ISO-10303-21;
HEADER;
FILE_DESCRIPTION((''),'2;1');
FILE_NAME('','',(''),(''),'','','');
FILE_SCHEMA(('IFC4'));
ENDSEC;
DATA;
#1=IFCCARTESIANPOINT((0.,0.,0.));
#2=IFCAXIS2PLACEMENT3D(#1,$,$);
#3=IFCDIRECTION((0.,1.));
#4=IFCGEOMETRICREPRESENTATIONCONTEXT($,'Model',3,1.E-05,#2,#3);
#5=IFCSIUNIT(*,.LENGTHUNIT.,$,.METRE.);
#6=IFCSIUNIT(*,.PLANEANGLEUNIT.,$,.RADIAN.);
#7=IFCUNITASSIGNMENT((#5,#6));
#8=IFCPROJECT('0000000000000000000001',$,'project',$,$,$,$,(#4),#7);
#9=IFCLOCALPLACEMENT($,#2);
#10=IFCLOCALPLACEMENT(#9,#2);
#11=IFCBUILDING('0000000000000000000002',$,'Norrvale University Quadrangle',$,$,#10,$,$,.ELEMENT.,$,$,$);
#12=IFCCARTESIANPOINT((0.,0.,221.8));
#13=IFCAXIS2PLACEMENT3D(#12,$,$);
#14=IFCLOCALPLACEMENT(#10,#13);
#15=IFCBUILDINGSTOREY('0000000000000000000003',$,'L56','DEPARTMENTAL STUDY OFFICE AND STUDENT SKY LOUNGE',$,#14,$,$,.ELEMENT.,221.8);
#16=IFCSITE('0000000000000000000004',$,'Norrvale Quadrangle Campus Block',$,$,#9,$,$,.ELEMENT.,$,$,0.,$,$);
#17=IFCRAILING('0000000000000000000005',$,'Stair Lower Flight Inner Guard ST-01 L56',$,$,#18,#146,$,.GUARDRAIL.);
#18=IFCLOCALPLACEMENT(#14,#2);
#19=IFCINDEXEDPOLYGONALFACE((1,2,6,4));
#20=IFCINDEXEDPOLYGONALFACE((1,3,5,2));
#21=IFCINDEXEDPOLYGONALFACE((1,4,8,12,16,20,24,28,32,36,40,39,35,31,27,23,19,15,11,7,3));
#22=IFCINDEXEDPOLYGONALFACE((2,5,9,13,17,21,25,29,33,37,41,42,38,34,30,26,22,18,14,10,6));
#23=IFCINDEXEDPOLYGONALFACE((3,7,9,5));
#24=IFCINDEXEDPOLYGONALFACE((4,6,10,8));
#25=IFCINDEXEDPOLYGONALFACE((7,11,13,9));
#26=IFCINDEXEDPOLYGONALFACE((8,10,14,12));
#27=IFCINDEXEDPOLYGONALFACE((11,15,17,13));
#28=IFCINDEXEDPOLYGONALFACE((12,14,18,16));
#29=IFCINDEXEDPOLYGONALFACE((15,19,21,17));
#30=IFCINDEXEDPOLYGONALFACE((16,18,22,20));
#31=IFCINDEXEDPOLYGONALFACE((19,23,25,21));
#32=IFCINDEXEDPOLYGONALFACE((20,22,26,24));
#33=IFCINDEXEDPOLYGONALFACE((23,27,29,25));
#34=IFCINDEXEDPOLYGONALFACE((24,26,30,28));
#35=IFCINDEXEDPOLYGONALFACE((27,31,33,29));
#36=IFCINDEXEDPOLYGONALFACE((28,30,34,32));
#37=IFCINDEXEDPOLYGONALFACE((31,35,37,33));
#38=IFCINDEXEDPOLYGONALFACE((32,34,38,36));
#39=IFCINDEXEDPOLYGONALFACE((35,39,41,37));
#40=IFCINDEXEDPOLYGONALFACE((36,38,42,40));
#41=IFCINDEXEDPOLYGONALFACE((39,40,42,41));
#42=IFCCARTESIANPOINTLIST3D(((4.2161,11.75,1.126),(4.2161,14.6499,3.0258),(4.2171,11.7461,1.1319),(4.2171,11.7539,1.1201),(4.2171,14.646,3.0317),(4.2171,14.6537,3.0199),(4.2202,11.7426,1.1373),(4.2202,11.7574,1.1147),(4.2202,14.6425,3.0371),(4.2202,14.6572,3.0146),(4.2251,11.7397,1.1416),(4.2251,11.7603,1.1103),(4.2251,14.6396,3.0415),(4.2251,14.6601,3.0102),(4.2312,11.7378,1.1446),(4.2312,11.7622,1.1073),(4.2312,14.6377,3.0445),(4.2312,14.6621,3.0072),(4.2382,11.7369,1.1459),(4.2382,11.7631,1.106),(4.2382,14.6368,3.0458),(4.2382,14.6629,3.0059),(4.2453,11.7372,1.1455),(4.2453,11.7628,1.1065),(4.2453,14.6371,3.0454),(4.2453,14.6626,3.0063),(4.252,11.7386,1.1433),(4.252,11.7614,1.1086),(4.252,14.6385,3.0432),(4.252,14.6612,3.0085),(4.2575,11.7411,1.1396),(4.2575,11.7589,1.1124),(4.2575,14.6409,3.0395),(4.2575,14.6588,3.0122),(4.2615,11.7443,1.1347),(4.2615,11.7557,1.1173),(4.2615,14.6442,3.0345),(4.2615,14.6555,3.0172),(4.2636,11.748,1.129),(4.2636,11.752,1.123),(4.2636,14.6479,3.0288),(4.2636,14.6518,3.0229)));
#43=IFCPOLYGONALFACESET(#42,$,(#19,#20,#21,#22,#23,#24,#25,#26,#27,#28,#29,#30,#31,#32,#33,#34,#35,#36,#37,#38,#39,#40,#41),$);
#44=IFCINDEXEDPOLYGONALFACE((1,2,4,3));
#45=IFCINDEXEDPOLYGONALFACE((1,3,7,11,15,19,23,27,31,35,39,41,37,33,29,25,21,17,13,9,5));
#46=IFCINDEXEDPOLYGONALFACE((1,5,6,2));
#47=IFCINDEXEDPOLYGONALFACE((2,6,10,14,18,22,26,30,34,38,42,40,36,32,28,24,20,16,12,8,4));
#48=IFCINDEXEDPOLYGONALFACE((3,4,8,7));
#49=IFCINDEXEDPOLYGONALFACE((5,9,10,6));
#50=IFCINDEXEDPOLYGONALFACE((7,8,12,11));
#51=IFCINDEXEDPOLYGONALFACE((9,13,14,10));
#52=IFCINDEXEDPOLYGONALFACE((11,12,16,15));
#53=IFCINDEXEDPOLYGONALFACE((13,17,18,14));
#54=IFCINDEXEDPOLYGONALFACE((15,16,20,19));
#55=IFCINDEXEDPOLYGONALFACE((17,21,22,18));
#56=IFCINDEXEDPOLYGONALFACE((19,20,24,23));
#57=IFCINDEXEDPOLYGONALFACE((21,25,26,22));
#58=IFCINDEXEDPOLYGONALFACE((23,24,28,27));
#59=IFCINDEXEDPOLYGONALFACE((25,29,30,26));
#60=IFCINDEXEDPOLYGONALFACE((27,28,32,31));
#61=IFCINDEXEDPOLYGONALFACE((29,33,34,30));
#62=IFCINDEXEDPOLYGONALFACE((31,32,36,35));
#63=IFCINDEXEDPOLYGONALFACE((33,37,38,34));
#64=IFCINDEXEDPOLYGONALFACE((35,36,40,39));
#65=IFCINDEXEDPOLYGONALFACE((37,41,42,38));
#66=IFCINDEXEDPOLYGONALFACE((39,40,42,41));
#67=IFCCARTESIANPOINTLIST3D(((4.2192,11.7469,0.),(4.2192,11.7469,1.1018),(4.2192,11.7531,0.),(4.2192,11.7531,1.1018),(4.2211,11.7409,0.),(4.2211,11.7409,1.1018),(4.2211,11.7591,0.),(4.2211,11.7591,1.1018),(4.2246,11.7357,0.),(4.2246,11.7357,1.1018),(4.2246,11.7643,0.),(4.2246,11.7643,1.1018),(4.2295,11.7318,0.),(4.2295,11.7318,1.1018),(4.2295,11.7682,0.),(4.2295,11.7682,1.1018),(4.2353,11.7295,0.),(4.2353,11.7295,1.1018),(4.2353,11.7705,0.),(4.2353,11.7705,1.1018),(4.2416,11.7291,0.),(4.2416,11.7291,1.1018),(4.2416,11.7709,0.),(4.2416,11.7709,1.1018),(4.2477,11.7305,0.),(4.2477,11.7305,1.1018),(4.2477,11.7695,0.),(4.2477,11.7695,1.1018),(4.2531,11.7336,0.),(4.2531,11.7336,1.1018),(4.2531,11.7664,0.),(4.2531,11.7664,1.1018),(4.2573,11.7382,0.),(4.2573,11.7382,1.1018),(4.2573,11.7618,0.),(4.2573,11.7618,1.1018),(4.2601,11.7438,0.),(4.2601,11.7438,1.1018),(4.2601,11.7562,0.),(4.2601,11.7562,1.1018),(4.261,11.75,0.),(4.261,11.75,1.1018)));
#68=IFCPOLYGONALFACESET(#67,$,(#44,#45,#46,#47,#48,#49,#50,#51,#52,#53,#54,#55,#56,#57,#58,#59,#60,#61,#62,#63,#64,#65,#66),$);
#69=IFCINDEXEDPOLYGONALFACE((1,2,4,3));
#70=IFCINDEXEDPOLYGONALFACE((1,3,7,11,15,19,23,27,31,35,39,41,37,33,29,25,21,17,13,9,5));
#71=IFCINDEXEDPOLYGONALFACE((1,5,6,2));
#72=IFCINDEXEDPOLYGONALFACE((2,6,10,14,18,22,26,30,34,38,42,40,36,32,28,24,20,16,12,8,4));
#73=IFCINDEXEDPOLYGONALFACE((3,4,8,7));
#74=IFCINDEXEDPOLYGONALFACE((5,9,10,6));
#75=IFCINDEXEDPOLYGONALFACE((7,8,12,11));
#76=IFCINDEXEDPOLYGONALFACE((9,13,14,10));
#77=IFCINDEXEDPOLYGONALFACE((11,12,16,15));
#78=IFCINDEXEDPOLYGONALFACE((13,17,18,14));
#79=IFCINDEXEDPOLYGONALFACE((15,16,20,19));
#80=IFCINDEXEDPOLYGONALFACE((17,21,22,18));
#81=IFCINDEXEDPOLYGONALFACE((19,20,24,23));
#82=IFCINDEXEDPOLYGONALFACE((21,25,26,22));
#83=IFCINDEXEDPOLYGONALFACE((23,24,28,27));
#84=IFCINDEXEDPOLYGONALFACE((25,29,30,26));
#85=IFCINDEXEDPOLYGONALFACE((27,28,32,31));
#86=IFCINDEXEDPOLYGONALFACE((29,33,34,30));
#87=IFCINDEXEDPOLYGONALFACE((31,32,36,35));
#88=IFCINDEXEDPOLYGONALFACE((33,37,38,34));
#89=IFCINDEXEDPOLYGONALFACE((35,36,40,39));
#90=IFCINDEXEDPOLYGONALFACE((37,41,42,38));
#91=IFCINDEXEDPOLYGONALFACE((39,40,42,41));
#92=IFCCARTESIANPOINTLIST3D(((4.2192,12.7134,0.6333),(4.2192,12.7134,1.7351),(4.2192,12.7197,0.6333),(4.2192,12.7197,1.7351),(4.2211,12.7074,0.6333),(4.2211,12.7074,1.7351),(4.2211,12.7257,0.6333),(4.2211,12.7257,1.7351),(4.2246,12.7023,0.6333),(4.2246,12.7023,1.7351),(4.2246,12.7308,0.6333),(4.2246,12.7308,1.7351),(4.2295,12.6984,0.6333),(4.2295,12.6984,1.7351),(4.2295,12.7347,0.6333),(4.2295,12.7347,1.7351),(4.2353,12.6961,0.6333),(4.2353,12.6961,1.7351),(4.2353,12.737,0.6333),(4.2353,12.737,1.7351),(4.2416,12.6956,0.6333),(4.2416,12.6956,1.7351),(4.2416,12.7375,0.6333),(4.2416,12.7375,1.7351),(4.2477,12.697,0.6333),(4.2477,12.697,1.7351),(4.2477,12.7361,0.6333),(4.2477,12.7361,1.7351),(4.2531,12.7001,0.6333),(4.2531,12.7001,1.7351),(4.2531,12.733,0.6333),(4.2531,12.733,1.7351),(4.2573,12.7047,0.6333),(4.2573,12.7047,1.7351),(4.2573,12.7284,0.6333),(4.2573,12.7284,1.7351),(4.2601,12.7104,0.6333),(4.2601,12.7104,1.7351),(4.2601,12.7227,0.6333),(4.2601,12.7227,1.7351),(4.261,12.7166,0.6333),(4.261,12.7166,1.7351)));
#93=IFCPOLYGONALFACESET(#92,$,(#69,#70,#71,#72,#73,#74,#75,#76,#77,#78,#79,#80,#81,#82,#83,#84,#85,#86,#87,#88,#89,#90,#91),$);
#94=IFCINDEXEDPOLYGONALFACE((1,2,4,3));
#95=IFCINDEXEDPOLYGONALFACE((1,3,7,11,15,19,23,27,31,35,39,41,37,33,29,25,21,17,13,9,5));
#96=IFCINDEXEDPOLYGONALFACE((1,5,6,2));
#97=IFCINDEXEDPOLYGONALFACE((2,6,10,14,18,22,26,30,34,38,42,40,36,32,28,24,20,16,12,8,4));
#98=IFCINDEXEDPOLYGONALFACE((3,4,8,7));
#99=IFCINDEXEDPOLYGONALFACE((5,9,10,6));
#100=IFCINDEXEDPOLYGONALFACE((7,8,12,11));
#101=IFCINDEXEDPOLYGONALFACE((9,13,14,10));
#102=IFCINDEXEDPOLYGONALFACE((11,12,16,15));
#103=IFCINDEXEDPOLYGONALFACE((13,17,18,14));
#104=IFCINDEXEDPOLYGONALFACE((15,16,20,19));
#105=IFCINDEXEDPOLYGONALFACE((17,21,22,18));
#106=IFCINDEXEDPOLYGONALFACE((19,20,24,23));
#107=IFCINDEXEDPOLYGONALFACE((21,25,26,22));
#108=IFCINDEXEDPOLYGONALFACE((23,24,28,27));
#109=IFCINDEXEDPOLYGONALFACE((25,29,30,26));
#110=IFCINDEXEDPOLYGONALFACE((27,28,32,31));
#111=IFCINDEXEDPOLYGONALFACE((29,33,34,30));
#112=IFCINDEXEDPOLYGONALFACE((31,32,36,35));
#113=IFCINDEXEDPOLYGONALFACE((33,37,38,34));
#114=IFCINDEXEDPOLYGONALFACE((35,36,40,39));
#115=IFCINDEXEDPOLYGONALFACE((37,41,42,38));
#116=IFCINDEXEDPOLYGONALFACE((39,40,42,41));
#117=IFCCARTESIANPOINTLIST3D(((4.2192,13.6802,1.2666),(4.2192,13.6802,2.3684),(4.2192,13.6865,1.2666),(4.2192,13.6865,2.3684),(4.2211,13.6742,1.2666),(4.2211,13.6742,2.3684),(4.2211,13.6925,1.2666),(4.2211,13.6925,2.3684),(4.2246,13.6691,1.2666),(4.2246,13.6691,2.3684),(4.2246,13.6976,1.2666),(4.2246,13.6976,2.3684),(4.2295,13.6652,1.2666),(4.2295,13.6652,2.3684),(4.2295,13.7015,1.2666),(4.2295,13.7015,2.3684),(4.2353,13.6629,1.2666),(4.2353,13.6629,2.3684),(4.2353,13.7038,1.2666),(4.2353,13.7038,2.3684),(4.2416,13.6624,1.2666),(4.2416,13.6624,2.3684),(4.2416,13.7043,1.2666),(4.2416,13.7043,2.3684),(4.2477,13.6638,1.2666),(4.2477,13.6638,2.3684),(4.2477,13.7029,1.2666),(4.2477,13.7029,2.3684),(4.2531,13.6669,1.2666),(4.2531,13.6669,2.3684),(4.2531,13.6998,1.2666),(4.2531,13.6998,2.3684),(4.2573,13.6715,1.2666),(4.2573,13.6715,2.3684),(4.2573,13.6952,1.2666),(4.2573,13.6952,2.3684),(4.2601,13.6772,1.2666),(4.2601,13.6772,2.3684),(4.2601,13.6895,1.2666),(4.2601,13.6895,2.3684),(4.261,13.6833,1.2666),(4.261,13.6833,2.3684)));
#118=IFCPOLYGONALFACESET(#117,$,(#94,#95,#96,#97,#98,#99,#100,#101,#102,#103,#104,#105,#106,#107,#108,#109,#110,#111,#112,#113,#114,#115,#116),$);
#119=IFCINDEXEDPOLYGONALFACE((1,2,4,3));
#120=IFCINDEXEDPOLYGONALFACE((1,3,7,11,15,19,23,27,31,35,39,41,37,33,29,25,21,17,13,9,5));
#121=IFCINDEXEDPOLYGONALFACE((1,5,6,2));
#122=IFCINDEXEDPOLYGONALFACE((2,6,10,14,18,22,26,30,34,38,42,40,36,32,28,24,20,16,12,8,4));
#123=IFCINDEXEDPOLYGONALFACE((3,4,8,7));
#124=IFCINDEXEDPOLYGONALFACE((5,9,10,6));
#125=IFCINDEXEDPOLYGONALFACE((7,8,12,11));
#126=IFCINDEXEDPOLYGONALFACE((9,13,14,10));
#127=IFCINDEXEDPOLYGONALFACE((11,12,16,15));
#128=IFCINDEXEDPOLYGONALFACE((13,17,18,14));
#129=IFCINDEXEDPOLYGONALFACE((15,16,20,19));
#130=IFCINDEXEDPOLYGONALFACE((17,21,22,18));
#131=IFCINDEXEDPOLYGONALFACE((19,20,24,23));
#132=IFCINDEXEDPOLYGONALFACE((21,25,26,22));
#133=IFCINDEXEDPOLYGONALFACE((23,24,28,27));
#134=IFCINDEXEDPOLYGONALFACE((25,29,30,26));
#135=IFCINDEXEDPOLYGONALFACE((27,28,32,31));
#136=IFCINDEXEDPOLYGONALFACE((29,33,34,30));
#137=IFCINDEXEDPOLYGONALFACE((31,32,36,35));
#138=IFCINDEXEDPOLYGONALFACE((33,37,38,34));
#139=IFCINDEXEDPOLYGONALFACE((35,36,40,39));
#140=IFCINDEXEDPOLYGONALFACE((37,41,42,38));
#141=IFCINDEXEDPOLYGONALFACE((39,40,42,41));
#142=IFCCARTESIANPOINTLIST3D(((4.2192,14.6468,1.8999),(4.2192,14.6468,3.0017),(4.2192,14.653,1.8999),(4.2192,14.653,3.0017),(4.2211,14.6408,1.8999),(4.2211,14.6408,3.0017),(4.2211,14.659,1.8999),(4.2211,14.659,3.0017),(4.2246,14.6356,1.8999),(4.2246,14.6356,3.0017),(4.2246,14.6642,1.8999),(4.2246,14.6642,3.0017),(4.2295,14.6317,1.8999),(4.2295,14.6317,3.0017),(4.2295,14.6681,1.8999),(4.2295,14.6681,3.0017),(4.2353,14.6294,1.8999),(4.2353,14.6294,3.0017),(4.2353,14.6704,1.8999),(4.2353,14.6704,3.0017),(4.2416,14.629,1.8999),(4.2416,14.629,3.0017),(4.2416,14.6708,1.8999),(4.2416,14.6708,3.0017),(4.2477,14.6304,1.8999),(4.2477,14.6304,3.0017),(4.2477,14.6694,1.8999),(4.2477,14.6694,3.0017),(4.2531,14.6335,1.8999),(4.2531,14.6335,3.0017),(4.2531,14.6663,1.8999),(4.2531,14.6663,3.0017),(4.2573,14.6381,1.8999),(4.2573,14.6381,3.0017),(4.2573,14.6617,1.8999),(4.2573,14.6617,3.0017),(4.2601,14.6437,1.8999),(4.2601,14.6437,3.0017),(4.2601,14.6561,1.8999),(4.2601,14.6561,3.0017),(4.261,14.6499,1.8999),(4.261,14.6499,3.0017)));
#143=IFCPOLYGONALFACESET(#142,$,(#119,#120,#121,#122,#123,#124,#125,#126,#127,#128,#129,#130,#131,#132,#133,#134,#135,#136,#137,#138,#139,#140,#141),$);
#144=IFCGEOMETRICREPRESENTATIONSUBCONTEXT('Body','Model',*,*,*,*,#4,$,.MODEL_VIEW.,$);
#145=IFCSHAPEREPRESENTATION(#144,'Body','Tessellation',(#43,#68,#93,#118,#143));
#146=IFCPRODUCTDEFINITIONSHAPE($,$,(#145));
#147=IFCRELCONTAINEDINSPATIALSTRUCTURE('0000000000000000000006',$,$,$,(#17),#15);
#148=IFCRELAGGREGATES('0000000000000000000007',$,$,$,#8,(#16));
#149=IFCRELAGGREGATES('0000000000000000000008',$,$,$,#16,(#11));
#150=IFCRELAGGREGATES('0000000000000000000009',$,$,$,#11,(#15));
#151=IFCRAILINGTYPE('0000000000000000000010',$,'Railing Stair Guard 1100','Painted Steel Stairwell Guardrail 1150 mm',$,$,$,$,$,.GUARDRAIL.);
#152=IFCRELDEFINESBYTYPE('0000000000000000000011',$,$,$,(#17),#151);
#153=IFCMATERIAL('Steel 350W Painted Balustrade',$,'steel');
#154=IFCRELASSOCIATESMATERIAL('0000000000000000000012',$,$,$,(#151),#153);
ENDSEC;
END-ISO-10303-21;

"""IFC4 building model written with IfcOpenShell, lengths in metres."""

from ifc_helpers import new_model, si_unit, direction, frame, origin, origin_2d, place, context, subcontext, project, spatial, circle, extrude, material, type_object, element, save


model = new_model("IFC4")

# Units and contexts
model_context = context("Model", 3, precision=1e-05, world=origin(), true_north=direction((0.0, 1.0)))
body_context = subcontext(model_context, "Body", "Model", "MODEL_VIEW")
ifc_project = project(units=[si_unit("LENGTHUNIT", "METRE"), si_unit("PLANEANGLEUNIT", "RADIAN")], contexts=[model_context])

# Site, building, storey
site_placement = place(None, origin())
site = spatial("IfcSite", under=ifc_project, at=site_placement, Name="Norrvale Quadrangle Campus Block", CompositionType="ELEMENT", RefElevation=0.0)
building_placement = place(site_placement, origin())
building = spatial("IfcBuilding", under=site, at=building_placement, Name="Norrvale University Quadrangle", CompositionType="ELEMENT")
storey_placement = place(building_placement, frame((0.0, 0.0, 221.8)))
storey = spatial("IfcBuildingStorey", under=building, at=storey_placement, Name="L56", Description="DEPARTMENTAL STUDY OFFICE AND STUDENT SKY LOUNGE", CompositionType="ELEMENT", Elevation=221.8)

# Railing
ifc_material_1 = material(Name="Steel 350W Painted Balustrade", Category="steel")
railing_type_1 = type_object("IfcRailingType", Name="Railing Stair Guard 1100", Description="Painted Steel Stairwell Guardrail 1150 mm", PredefinedType="GUARDRAIL", material=ifc_material_1)
railing_1_placement = place(storey_placement, frame((4.24, 11.75, 0.0)))
element("IfcRailing", 1, at=railing_1_placement, inside=storey, type_object=railing_type_1, Name="Stair Lower Flight Inner Guard ST-01 L56", PredefinedType="GUARDRAIL", context=body_context, shape_type="SweptSolid", body=[
    extrude(circle(Radius=0.0239, at=origin_2d()), frame((0.0, 0.0, 1.126), z_axis=(0.0, 0.836466, 0.548019), x_axis=(-1.0, 0.0, 0.0)), (0.0, 0.0, 1.0), 3.4668),
    extrude(circle(Radius=0.021, at=origin_2d()), origin(), (0.0, 0.0, 1.0), 1.1018),
    extrude(circle(Radius=0.021, at=origin_2d()), frame((0.0, 0.9666, 0.6333)), (0.0, 0.0, 1.0), 1.1018),
    extrude(circle(Radius=0.021, at=origin_2d()), frame((0.0, 1.9333, 1.2666)), (0.0, 0.0, 1.0), 1.1018),
    extrude(circle(Radius=0.021, at=origin_2d()), frame((0.0, 2.8999, 1.8999)), (0.0, 0.0, 1.0), 1.1018),
])

save(model, "model.ifc")
